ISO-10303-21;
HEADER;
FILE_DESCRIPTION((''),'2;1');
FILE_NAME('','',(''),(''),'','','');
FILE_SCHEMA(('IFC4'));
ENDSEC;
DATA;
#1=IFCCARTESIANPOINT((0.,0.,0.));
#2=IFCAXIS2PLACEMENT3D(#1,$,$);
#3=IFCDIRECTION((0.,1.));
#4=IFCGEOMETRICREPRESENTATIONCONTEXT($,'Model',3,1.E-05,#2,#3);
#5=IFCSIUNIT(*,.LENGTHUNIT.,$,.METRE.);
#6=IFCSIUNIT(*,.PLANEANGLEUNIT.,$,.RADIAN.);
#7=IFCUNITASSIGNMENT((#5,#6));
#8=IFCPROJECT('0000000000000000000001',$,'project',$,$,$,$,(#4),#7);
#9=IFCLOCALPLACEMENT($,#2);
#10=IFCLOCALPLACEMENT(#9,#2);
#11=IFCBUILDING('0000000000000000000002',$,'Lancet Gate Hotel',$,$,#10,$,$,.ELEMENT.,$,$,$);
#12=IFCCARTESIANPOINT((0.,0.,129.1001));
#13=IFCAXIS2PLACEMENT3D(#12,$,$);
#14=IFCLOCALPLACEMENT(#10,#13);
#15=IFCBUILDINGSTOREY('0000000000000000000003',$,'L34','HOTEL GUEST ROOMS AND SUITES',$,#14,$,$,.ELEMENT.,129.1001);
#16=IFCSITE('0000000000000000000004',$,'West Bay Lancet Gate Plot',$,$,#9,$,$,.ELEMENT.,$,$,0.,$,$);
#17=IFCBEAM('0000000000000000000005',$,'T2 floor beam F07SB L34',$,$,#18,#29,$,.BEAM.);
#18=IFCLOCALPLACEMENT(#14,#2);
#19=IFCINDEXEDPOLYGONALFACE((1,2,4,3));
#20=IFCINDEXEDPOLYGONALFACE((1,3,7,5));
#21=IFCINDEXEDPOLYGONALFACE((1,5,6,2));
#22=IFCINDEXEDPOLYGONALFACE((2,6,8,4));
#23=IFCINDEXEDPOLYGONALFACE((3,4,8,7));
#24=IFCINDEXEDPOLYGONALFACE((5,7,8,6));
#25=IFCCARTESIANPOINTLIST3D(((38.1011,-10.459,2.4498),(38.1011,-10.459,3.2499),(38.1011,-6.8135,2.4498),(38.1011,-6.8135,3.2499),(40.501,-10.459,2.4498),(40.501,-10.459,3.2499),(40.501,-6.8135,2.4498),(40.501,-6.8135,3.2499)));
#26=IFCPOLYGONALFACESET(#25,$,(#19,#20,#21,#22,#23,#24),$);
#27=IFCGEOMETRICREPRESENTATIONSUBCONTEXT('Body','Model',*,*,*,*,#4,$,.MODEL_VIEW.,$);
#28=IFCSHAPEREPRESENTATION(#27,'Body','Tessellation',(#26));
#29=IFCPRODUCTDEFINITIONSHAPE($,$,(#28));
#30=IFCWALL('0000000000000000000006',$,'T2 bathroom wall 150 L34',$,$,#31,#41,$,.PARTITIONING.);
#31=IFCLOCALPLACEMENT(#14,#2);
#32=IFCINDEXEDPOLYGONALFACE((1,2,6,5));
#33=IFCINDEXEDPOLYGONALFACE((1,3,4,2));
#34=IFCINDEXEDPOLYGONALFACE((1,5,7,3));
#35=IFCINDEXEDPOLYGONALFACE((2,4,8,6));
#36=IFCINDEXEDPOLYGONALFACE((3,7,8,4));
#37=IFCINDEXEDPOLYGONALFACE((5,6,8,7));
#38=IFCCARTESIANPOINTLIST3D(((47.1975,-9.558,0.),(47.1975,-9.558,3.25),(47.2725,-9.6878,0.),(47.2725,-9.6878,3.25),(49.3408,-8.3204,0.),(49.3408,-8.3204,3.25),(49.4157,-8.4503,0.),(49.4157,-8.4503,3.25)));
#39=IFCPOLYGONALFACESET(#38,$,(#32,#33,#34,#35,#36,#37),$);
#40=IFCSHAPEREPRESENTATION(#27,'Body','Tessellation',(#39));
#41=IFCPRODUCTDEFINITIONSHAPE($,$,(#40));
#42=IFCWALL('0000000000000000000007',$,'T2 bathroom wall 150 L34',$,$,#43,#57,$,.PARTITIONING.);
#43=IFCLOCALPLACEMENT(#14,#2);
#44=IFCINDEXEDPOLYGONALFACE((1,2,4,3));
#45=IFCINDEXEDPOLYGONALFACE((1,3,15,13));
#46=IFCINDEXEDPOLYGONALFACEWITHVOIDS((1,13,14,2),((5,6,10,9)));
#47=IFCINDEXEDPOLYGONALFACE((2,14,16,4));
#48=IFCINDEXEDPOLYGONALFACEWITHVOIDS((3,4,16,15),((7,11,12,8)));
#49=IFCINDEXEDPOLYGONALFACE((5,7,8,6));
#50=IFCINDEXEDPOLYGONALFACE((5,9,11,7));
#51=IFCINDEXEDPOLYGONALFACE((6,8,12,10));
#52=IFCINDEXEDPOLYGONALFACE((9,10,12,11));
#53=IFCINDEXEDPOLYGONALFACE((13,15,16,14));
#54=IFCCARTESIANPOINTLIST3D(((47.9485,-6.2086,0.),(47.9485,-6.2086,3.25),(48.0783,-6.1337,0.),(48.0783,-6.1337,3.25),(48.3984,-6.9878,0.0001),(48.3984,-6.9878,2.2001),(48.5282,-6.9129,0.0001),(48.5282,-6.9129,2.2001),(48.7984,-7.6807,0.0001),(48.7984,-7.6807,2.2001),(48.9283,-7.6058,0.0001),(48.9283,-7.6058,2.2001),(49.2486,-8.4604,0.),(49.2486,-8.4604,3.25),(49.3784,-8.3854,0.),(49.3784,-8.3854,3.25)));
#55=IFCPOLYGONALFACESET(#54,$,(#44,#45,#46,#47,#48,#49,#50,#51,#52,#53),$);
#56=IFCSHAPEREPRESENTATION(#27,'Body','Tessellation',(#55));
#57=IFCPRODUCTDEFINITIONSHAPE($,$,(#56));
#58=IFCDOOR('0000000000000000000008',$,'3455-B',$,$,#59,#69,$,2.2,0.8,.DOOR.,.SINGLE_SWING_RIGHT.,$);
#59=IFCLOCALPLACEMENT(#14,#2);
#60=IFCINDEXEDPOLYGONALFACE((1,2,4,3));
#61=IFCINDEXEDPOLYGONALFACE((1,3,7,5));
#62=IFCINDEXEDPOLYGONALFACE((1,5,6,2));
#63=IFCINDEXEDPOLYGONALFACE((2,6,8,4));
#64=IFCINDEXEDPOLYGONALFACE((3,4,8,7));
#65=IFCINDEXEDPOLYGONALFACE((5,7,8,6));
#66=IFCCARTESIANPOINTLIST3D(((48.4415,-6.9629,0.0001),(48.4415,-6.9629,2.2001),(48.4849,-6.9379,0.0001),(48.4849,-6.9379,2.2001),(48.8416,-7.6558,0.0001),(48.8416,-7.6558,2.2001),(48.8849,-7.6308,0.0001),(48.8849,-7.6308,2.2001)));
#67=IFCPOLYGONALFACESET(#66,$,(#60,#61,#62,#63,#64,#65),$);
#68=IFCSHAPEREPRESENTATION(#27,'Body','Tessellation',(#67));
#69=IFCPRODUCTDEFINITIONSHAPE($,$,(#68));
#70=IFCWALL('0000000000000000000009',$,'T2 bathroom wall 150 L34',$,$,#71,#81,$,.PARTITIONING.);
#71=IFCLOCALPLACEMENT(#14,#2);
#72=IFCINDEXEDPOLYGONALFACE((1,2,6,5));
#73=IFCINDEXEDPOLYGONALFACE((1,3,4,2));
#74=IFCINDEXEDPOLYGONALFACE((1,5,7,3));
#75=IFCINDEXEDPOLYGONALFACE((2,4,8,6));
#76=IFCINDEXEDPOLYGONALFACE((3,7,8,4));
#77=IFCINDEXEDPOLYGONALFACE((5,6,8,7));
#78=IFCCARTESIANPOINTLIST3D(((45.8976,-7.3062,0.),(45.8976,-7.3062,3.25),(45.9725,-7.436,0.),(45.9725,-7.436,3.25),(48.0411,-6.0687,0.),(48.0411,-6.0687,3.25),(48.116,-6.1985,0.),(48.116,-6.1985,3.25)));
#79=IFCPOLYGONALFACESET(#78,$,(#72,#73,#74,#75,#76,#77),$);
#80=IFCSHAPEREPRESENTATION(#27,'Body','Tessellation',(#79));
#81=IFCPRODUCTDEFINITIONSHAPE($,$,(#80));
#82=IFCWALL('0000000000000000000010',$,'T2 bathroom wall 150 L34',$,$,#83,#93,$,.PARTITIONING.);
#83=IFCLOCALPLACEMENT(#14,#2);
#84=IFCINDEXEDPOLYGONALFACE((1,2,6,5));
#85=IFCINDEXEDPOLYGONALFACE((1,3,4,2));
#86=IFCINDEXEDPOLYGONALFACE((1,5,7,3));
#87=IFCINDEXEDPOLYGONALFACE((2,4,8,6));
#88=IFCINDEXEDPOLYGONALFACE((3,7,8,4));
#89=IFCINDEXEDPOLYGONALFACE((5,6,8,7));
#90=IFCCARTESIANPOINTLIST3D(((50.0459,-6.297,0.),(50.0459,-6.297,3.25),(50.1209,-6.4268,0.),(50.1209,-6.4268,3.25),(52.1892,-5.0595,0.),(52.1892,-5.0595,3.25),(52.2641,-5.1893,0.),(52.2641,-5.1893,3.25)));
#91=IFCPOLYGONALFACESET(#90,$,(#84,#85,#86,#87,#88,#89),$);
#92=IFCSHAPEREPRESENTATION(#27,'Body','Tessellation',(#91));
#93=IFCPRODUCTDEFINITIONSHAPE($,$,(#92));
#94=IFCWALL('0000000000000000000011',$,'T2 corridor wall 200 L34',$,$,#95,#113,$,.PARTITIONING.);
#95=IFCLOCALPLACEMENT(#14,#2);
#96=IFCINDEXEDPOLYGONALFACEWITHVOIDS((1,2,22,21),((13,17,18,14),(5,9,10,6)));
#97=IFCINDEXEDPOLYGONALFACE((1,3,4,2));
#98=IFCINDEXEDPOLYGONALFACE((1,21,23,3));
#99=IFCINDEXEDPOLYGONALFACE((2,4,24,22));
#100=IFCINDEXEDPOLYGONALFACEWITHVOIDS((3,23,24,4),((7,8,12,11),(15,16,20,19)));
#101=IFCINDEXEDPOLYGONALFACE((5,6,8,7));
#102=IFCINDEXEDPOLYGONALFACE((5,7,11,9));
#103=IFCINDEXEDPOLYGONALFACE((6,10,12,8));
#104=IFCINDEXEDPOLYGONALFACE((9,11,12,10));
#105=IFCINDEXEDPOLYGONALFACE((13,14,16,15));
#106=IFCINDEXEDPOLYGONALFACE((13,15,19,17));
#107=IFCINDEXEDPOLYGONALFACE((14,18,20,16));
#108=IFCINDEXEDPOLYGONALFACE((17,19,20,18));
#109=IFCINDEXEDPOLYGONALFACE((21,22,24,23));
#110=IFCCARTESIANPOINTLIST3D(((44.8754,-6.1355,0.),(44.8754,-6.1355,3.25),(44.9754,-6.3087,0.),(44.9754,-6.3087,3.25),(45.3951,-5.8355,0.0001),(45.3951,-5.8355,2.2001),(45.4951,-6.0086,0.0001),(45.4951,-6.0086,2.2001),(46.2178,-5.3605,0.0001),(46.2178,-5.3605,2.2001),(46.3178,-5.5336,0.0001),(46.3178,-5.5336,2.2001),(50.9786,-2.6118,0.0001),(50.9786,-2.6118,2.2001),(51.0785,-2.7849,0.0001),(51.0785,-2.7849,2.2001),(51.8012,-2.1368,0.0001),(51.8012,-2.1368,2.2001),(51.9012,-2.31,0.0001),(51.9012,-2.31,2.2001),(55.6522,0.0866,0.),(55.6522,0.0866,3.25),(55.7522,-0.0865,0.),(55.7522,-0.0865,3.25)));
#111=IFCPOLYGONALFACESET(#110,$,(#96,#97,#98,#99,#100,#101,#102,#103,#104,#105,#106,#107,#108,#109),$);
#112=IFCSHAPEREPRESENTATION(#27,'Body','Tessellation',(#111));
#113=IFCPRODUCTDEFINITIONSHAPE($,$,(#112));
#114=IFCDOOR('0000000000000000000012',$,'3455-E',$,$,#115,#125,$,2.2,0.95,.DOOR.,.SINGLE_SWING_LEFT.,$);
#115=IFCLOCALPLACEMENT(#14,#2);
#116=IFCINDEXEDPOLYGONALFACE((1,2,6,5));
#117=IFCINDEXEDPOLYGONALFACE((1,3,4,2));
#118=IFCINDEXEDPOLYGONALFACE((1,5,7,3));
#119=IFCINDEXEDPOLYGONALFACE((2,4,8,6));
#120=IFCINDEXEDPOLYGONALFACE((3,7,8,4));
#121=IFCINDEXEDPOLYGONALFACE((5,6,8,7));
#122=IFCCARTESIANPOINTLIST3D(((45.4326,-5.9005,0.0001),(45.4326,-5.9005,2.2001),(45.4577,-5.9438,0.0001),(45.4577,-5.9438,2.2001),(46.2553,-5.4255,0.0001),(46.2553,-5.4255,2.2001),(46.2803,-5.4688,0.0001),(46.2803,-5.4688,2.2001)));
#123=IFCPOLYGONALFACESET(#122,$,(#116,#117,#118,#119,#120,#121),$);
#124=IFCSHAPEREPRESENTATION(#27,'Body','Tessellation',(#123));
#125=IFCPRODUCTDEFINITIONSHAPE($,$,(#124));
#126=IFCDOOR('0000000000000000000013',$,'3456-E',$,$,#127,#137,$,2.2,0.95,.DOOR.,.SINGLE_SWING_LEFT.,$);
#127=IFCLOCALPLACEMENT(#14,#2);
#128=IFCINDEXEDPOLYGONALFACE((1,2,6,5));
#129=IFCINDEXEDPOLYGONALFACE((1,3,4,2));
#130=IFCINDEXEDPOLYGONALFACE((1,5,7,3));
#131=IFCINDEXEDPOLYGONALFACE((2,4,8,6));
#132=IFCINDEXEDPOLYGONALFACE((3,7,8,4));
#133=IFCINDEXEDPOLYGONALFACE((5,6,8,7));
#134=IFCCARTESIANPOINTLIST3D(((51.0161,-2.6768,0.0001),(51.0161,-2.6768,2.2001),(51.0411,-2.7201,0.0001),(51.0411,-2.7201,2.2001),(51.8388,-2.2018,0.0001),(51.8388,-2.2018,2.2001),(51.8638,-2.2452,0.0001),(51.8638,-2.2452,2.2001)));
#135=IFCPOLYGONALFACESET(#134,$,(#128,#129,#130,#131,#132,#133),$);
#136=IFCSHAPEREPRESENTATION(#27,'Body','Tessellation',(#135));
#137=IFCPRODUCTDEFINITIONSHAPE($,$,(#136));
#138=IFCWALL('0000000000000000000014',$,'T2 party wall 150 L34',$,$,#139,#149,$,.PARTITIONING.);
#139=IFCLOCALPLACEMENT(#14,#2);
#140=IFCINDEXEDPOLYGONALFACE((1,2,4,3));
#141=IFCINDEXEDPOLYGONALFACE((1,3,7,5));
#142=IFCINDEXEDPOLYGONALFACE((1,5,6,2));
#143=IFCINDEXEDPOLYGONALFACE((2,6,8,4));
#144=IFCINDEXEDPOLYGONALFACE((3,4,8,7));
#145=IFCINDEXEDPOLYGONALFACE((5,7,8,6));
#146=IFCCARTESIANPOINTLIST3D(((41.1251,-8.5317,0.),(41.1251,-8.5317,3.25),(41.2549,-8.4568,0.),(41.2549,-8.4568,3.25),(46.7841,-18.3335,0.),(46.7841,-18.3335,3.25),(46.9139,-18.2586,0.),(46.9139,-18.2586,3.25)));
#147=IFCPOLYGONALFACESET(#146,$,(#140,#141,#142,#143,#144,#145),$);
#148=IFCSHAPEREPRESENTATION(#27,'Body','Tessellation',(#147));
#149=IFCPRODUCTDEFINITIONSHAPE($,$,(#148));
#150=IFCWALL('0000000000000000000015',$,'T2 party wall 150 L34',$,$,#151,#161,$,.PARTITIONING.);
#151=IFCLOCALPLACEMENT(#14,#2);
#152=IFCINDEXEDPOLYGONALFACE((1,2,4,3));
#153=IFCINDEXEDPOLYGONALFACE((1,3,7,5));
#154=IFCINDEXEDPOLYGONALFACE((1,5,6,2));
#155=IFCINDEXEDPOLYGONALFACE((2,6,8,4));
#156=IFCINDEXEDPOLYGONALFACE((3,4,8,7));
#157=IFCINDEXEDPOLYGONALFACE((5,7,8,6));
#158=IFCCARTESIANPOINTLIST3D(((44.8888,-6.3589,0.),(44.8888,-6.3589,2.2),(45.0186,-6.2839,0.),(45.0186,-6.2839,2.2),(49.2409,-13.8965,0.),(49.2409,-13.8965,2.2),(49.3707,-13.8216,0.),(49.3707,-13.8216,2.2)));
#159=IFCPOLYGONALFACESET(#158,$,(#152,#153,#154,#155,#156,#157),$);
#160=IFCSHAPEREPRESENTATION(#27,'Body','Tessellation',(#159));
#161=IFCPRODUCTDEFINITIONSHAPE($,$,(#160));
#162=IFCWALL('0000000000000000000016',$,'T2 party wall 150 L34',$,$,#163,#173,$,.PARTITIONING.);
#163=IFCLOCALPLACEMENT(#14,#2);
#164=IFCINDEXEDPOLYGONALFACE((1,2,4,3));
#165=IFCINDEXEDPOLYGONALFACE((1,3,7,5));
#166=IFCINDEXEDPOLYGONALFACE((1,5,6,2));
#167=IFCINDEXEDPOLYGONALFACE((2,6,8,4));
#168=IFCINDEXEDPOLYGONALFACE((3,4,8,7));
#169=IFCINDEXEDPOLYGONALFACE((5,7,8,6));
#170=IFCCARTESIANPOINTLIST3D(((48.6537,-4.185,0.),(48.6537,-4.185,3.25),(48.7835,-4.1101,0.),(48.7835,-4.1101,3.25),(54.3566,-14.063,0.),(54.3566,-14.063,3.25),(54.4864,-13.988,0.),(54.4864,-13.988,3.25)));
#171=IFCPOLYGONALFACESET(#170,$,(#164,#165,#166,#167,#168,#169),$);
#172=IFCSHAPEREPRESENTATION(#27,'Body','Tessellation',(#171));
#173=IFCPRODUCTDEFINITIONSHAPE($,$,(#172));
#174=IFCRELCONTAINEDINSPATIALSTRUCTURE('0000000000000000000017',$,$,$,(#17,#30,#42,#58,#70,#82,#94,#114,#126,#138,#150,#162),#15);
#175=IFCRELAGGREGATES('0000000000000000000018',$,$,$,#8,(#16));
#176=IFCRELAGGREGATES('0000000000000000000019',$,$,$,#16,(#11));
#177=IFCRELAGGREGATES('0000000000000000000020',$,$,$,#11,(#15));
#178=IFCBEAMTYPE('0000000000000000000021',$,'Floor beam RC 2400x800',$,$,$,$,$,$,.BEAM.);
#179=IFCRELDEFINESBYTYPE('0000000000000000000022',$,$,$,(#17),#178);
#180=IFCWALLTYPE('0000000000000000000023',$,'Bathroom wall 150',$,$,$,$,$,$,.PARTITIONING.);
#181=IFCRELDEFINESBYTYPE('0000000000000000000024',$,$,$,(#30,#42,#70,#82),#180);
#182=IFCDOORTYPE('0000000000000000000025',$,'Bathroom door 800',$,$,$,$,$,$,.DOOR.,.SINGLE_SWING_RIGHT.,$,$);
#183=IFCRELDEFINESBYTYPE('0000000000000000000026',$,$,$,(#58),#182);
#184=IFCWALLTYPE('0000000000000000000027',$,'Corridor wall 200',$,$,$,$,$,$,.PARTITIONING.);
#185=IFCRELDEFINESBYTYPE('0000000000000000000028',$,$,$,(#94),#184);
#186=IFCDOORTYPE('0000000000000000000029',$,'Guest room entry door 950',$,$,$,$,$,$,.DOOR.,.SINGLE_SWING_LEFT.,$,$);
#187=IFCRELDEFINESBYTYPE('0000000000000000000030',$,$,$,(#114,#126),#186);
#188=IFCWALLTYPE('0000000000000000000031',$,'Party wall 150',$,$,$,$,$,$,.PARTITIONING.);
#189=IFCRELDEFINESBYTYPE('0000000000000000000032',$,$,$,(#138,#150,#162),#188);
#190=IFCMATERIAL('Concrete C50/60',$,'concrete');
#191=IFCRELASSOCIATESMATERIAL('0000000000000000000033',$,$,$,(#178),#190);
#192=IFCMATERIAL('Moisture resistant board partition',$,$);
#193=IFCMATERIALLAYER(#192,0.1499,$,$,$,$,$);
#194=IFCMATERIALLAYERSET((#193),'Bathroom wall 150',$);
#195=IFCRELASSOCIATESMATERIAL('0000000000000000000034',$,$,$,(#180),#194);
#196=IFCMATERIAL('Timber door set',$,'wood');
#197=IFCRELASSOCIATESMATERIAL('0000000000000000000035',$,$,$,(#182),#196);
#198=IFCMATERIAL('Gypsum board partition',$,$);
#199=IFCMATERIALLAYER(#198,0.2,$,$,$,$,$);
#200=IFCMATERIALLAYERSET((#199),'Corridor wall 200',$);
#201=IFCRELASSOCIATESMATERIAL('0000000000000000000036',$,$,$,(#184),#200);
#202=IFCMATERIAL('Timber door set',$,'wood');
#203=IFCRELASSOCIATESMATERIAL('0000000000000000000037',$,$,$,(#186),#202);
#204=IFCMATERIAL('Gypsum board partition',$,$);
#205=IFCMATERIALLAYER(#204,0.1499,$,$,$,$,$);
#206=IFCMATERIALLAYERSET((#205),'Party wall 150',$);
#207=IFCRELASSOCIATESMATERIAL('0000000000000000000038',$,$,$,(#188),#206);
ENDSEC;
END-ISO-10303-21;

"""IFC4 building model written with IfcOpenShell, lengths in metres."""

from ifc_helpers import new_model, si_unit, direction, frame, frame_2d, origin, origin_2d, place, context, subcontext, project, spatial, rectangle, extrude, material, layer, layer_set, material_profile, profile_set, type_object, element, fill, save


model = new_model("IFC4")

# Units and contexts
model_context = context("Model", 3, precision=1e-05, world=origin(), true_north=direction((0.0, 1.0)))
body_context = subcontext(model_context, "Body", "Model", "MODEL_VIEW")
ifc_project = project(units=[si_unit("LENGTHUNIT", "METRE"), si_unit("PLANEANGLEUNIT", "RADIAN")], contexts=[model_context])

# Site, building, storey
site_placement = place(None, origin())
site = spatial("IfcSite", under=ifc_project, at=site_placement, Name="West Bay Lancet Gate Plot", CompositionType="ELEMENT", RefElevation=0.0)
building_placement = place(site_placement, origin())
building = spatial("IfcBuilding", under=site, at=building_placement, Name="Lancet Gate Hotel", CompositionType="ELEMENT")
storey_placement = place(building_placement, frame((0.0, 0.0, 129.1001)))
storey = spatial("IfcBuildingStorey", under=building, at=storey_placement, Name="L34", Description="HOTEL GUEST ROOMS AND SUITES", CompositionType="ELEMENT", Elevation=129.1001)

# Beam
ifc_material_1 = material(Name="Concrete C50/60", Category="concrete")
ifc_material_profile = material_profile(ifc_material_1, rectangle(XDim=2.3999, YDim=0.8, at=origin_2d()), Name="RC 2400x800")
ifc_profile_set = profile_set([ifc_material_profile], Name="Concrete C50/60")
beam_type = type_object("IfcBeamType", Name="Floor beam RC 2400x800", PredefinedType="BEAM", material=ifc_profile_set)
beam_placement = place(storey_placement, frame((39.301, -10.459, 2.8499), z_axis=(0.0, 1.0, 0.0), x_axis=(-1.0, 0.0, 0.0)))
element("IfcBeam", 1, at=beam_placement, inside=storey, type_object=beam_type, Name="T2 floor beam F07SB L34", PredefinedType="BEAM", context=body_context, shape_type="SweptSolid", body=[
    extrude(rectangle(XDim=2.3999, YDim=0.8, at=origin_2d()), origin(), (0.0, 0.0, 1.0), 3.6455),
])

# Wall
ifc_material_2 = material(Name="Moisture resistant board partition")
ifc_layer_1 = layer(ifc_material_2, 0.1499)
ifc_layer_set_1 = layer_set([ifc_layer_1], Name="Bathroom wall 150")
wall_type_1 = type_object("IfcWallType", Name="Bathroom wall 150", PredefinedType="PARTITIONING", material=ifc_layer_set_1)
wall_1_placement = place(storey_placement, frame((47.2351, -9.6228, 0.0), z_axis=(0.0, 0.0, 1.0), x_axis=(0.866007, 0.500033, 0.0)))
element("IfcWall", 2, at=wall_1_placement, inside=storey, type_object=wall_type_1, Name="T2 bathroom wall 150 L34", PredefinedType="PARTITIONING", context=body_context, shape_type="SweptSolid", body=[
    extrude(rectangle(XDim=2.4749, YDim=0.1499, at=frame_2d((1.2373, 0.0))), origin(), (0.0, 0.0, 1.0), 3.25),
])

# Wall, opening, door
wall_2_placement = place(storey_placement, frame((48.0134, -6.1711, 0.0), z_axis=(0.0, 0.0, 1.0), x_axis=(0.500007, -0.866021, 0.0)))
wall_2 = element("IfcWall", 3, at=wall_2_placement, inside=storey, type_object=wall_type_1, Name="T2 bathroom wall 150 L34", PredefinedType="PARTITIONING", context=body_context, shape_type="SweptSolid", body=[
    extrude(rectangle(XDim=2.6001, YDim=0.1499, at=frame_2d((1.3, 0.0))), origin(), (0.0, 0.0, 1.0), 3.25),
])
opening_1_placement = place(wall_2_placement, frame((0.8999, 0.0, 0.0)))
opening_1 = element("IfcOpeningElement", 4, at=opening_1_placement, cuts=wall_2, PredefinedType="OPENING", context=body_context, shape_type="SweptSolid", body=[
    extrude(rectangle(XDim=0.8, YDim=2.2, at=frame_2d((0.3999, 1.1001))), frame((0.0, 0.085, 0.0), z_axis=(0.0, -1.0, 0.0), x_axis=(1.0, 0.0, 0.0)), (0.0, 0.0, 1.0), 0.1699),
])
ifc_material_3 = material(Name="Timber door set", Category="wood")
door_type_1 = type_object("IfcDoorType", Name="Bathroom door 800", OperationType="SINGLE_SWING_RIGHT", PredefinedType="DOOR", material=ifc_material_3)
door_1_placement = place(opening_1_placement, origin())
door_1 = element("IfcDoor", 5, at=door_1_placement, inside=storey, type_object=door_type_1, Name="3455-B", OperationType="SINGLE_SWING_RIGHT", OverallHeight=2.2, OverallWidth=0.8, PredefinedType="DOOR", context=body_context, shape_type="SweptSolid", body=[
    extrude(rectangle(XDim=0.8, YDim=2.2, at=frame_2d((0.3999, 1.1001))), frame((0.0, 0.0249, 0.0), z_axis=(0.0, -1.0, 0.0), x_axis=(1.0, 0.0, 0.0)), (0.0, 0.0, 1.0), 0.05),
])
fill(opening_1, door_1)

# Walls
wall_3_placement = place(storey_placement, frame((45.9351, -7.3711, 0.0), z_axis=(0.0, 0.0, 1.0), x_axis=(0.866031, 0.49999, 0.0)))
element("IfcWall", 6, at=wall_3_placement, inside=storey, type_object=wall_type_1, Name="T2 bathroom wall 150 L34", PredefinedType="PARTITIONING", context=body_context, shape_type="SweptSolid", body=[
    extrude(rectangle(XDim=2.4751, YDim=0.1499, at=frame_2d((1.2375, 0.0))), origin(), (0.0, 0.0, 1.0), 3.25),
])
wall_4_placement = place(storey_placement, frame((50.0835, -6.3618, 0.0), z_axis=(0.0, 0.0, 1.0), x_axis=(0.866007, 0.500033, 0.0)))
element("IfcWall", 7, at=wall_4_placement, inside=storey, type_object=wall_type_1, Name="T2 bathroom wall 150 L34", PredefinedType="PARTITIONING", context=body_context, shape_type="SweptSolid", body=[
    extrude(rectangle(XDim=2.4749, YDim=0.1499, at=frame_2d((1.2373, 0.0))), origin(), (0.0, 0.0, 1.0), 3.25),
])

# Wall, openings, doors
ifc_material_4 = material(Name="Gypsum board partition")
ifc_layer_2 = layer(ifc_material_4, 0.2)
ifc_layer_set_2 = layer_set([ifc_layer_2], Name="Corridor wall 200")
wall_type_2 = type_object("IfcWallType", Name="Corridor wall 200", PredefinedType="PARTITIONING", material=ifc_layer_set_2)
wall_5_placement = place(storey_placement, frame((44.9253, -6.2222, 0.0), z_axis=(0.0, 0.0, 1.0), x_axis=(0.86602, 0.500009, 0.0)))
wall_5 = element("IfcWall", 8, at=wall_5_placement, inside=storey, type_object=wall_type_2, Name="T2 corridor wall 200 L34", PredefinedType="PARTITIONING", context=body_context, shape_type="SweptSolid", body=[
    extrude(rectangle(XDim=12.4441, YDim=0.2, at=frame_2d((6.2222, 0.0))), origin(), (0.0, 0.0, 1.0), 3.25),
])
opening_2_placement = place(wall_5_placement, frame((0.6001, 0.0, 0.0)))
opening_2 = element("IfcOpeningElement", 9, at=opening_2_placement, cuts=wall_5, PredefinedType="OPENING", context=body_context, shape_type="SweptSolid", body=[
    extrude(rectangle(XDim=0.95, YDim=2.2, at=frame_2d((0.4751, 1.1001))), frame((0.0, 0.1099, 0.0), z_axis=(0.0, -1.0, 0.0), x_axis=(1.0, 0.0, 0.0)), (0.0, 0.0, 1.0), 0.22),
])
opening_3_placement = place(wall_5_placement, frame((7.0474, 0.0, 0.0)))
opening_3 = element("IfcOpeningElement", 10, at=opening_3_placement, cuts=wall_5, PredefinedType="OPENING", context=body_context, shape_type="SweptSolid", body=[
    extrude(rectangle(XDim=0.95, YDim=2.2, at=frame_2d((0.4751, 1.1001))), frame((0.0, 0.1099, 0.0), z_axis=(0.0, -1.0, 0.0), x_axis=(1.0, 0.0, 0.0)), (0.0, 0.0, 1.0), 0.22),
])
ifc_material_5 = material(Name="Timber door set", Category="wood")
door_type_2 = type_object("IfcDoorType", Name="Guest room entry door 950", OperationType="SINGLE_SWING_LEFT", PredefinedType="DOOR", material=ifc_material_5)
door_2_placement = place(opening_2_placement, origin())
door_2 = element("IfcDoor", 11, at=door_2_placement, inside=storey, type_object=door_type_2, Name="3455-E", OperationType="SINGLE_SWING_LEFT", OverallHeight=2.2, OverallWidth=0.95, PredefinedType="DOOR", context=body_context, shape_type="SweptSolid", body=[
    extrude(rectangle(XDim=0.95, YDim=2.2, at=frame_2d((0.4751, 1.1001))), frame((0.0, 0.0249, 0.0), z_axis=(0.0, -1.0, 0.0), x_axis=(1.0, 0.0, 0.0)), (0.0, 0.0, 1.0), 0.05),
])
fill(opening_2, door_2)
door_3_placement = place(opening_3_placement, origin())
door_3 = element("IfcDoor", 12, at=door_3_placement, inside=storey, type_object=door_type_2, Name="3456-E", OperationType="SINGLE_SWING_LEFT", OverallHeight=2.2, OverallWidth=0.95, PredefinedType="DOOR", context=body_context, shape_type="SweptSolid", body=[
    extrude(rectangle(XDim=0.95, YDim=2.2, at=frame_2d((0.4751, 1.1001))), frame((0.0, 0.0249, 0.0), z_axis=(0.0, -1.0, 0.0), x_axis=(1.0, 0.0, 0.0)), (0.0, 0.0, 1.0), 0.05),
])
fill(opening_3, door_3)

# Walls
ifc_material_6 = material(Name="Gypsum board partition")
ifc_layer_3 = layer(ifc_material_6, 0.1499)
ifc_layer_set_3 = layer_set([ifc_layer_3], Name="Party wall 150")
wall_type_3 = type_object("IfcWallType", Name="Party wall 150", PredefinedType="PARTITIONING", material=ifc_layer_set_3)
wall_6_placement = place(storey_placement, frame((41.1899, -8.4941, 0.0), z_axis=(0.0, 0.0, 1.0), x_axis=(0.499993, -0.86603, 0.0)))
element("IfcWall", 13, at=wall_6_placement, inside=storey, type_object=wall_type_3, Name="T2 party wall 150 L34", PredefinedType="PARTITIONING", context=body_context, shape_type="SweptSolid", body=[
    extrude(rectangle(XDim=11.3181, YDim=0.1499, at=frame_2d((5.6592, 0.0))), origin(), (0.0, 0.0, 1.0), 3.25),
])
wall_7_placement = place(storey_placement, frame((44.9536, -6.3213, 0.0), z_axis=(0.0, 0.0, 1.0), x_axis=(0.500019, -0.866015, 0.0)))
element("IfcWall", 14, at=wall_7_placement, inside=storey, type_object=wall_type_3, Name="T2 party wall 150 L34", PredefinedType="PARTITIONING", context=body_context, shape_type="SweptSolid", body=[
    extrude(rectangle(XDim=8.7039, YDim=0.1499, at=frame_2d((4.3521, 0.0))), origin(), (0.0, 0.0, 1.0), 2.2),
])
wall_8_placement = place(storey_placement, frame((48.7185, -4.1475, 0.0), z_axis=(0.0, 0.0, 1.0), x_axis=(0.49999, -0.866031, 0.0)))
element("IfcWall", 15, at=wall_8_placement, inside=storey, type_object=wall_type_3, Name="T2 party wall 150 L34", PredefinedType="PARTITIONING", context=body_context, shape_type="SweptSolid", body=[
    extrude(rectangle(XDim=11.406, YDim=0.1499, at=frame_2d((5.7031, 0.0))), origin(), (0.0, 0.0, 1.0), 3.25),
])

save(model, "model.ifc")
